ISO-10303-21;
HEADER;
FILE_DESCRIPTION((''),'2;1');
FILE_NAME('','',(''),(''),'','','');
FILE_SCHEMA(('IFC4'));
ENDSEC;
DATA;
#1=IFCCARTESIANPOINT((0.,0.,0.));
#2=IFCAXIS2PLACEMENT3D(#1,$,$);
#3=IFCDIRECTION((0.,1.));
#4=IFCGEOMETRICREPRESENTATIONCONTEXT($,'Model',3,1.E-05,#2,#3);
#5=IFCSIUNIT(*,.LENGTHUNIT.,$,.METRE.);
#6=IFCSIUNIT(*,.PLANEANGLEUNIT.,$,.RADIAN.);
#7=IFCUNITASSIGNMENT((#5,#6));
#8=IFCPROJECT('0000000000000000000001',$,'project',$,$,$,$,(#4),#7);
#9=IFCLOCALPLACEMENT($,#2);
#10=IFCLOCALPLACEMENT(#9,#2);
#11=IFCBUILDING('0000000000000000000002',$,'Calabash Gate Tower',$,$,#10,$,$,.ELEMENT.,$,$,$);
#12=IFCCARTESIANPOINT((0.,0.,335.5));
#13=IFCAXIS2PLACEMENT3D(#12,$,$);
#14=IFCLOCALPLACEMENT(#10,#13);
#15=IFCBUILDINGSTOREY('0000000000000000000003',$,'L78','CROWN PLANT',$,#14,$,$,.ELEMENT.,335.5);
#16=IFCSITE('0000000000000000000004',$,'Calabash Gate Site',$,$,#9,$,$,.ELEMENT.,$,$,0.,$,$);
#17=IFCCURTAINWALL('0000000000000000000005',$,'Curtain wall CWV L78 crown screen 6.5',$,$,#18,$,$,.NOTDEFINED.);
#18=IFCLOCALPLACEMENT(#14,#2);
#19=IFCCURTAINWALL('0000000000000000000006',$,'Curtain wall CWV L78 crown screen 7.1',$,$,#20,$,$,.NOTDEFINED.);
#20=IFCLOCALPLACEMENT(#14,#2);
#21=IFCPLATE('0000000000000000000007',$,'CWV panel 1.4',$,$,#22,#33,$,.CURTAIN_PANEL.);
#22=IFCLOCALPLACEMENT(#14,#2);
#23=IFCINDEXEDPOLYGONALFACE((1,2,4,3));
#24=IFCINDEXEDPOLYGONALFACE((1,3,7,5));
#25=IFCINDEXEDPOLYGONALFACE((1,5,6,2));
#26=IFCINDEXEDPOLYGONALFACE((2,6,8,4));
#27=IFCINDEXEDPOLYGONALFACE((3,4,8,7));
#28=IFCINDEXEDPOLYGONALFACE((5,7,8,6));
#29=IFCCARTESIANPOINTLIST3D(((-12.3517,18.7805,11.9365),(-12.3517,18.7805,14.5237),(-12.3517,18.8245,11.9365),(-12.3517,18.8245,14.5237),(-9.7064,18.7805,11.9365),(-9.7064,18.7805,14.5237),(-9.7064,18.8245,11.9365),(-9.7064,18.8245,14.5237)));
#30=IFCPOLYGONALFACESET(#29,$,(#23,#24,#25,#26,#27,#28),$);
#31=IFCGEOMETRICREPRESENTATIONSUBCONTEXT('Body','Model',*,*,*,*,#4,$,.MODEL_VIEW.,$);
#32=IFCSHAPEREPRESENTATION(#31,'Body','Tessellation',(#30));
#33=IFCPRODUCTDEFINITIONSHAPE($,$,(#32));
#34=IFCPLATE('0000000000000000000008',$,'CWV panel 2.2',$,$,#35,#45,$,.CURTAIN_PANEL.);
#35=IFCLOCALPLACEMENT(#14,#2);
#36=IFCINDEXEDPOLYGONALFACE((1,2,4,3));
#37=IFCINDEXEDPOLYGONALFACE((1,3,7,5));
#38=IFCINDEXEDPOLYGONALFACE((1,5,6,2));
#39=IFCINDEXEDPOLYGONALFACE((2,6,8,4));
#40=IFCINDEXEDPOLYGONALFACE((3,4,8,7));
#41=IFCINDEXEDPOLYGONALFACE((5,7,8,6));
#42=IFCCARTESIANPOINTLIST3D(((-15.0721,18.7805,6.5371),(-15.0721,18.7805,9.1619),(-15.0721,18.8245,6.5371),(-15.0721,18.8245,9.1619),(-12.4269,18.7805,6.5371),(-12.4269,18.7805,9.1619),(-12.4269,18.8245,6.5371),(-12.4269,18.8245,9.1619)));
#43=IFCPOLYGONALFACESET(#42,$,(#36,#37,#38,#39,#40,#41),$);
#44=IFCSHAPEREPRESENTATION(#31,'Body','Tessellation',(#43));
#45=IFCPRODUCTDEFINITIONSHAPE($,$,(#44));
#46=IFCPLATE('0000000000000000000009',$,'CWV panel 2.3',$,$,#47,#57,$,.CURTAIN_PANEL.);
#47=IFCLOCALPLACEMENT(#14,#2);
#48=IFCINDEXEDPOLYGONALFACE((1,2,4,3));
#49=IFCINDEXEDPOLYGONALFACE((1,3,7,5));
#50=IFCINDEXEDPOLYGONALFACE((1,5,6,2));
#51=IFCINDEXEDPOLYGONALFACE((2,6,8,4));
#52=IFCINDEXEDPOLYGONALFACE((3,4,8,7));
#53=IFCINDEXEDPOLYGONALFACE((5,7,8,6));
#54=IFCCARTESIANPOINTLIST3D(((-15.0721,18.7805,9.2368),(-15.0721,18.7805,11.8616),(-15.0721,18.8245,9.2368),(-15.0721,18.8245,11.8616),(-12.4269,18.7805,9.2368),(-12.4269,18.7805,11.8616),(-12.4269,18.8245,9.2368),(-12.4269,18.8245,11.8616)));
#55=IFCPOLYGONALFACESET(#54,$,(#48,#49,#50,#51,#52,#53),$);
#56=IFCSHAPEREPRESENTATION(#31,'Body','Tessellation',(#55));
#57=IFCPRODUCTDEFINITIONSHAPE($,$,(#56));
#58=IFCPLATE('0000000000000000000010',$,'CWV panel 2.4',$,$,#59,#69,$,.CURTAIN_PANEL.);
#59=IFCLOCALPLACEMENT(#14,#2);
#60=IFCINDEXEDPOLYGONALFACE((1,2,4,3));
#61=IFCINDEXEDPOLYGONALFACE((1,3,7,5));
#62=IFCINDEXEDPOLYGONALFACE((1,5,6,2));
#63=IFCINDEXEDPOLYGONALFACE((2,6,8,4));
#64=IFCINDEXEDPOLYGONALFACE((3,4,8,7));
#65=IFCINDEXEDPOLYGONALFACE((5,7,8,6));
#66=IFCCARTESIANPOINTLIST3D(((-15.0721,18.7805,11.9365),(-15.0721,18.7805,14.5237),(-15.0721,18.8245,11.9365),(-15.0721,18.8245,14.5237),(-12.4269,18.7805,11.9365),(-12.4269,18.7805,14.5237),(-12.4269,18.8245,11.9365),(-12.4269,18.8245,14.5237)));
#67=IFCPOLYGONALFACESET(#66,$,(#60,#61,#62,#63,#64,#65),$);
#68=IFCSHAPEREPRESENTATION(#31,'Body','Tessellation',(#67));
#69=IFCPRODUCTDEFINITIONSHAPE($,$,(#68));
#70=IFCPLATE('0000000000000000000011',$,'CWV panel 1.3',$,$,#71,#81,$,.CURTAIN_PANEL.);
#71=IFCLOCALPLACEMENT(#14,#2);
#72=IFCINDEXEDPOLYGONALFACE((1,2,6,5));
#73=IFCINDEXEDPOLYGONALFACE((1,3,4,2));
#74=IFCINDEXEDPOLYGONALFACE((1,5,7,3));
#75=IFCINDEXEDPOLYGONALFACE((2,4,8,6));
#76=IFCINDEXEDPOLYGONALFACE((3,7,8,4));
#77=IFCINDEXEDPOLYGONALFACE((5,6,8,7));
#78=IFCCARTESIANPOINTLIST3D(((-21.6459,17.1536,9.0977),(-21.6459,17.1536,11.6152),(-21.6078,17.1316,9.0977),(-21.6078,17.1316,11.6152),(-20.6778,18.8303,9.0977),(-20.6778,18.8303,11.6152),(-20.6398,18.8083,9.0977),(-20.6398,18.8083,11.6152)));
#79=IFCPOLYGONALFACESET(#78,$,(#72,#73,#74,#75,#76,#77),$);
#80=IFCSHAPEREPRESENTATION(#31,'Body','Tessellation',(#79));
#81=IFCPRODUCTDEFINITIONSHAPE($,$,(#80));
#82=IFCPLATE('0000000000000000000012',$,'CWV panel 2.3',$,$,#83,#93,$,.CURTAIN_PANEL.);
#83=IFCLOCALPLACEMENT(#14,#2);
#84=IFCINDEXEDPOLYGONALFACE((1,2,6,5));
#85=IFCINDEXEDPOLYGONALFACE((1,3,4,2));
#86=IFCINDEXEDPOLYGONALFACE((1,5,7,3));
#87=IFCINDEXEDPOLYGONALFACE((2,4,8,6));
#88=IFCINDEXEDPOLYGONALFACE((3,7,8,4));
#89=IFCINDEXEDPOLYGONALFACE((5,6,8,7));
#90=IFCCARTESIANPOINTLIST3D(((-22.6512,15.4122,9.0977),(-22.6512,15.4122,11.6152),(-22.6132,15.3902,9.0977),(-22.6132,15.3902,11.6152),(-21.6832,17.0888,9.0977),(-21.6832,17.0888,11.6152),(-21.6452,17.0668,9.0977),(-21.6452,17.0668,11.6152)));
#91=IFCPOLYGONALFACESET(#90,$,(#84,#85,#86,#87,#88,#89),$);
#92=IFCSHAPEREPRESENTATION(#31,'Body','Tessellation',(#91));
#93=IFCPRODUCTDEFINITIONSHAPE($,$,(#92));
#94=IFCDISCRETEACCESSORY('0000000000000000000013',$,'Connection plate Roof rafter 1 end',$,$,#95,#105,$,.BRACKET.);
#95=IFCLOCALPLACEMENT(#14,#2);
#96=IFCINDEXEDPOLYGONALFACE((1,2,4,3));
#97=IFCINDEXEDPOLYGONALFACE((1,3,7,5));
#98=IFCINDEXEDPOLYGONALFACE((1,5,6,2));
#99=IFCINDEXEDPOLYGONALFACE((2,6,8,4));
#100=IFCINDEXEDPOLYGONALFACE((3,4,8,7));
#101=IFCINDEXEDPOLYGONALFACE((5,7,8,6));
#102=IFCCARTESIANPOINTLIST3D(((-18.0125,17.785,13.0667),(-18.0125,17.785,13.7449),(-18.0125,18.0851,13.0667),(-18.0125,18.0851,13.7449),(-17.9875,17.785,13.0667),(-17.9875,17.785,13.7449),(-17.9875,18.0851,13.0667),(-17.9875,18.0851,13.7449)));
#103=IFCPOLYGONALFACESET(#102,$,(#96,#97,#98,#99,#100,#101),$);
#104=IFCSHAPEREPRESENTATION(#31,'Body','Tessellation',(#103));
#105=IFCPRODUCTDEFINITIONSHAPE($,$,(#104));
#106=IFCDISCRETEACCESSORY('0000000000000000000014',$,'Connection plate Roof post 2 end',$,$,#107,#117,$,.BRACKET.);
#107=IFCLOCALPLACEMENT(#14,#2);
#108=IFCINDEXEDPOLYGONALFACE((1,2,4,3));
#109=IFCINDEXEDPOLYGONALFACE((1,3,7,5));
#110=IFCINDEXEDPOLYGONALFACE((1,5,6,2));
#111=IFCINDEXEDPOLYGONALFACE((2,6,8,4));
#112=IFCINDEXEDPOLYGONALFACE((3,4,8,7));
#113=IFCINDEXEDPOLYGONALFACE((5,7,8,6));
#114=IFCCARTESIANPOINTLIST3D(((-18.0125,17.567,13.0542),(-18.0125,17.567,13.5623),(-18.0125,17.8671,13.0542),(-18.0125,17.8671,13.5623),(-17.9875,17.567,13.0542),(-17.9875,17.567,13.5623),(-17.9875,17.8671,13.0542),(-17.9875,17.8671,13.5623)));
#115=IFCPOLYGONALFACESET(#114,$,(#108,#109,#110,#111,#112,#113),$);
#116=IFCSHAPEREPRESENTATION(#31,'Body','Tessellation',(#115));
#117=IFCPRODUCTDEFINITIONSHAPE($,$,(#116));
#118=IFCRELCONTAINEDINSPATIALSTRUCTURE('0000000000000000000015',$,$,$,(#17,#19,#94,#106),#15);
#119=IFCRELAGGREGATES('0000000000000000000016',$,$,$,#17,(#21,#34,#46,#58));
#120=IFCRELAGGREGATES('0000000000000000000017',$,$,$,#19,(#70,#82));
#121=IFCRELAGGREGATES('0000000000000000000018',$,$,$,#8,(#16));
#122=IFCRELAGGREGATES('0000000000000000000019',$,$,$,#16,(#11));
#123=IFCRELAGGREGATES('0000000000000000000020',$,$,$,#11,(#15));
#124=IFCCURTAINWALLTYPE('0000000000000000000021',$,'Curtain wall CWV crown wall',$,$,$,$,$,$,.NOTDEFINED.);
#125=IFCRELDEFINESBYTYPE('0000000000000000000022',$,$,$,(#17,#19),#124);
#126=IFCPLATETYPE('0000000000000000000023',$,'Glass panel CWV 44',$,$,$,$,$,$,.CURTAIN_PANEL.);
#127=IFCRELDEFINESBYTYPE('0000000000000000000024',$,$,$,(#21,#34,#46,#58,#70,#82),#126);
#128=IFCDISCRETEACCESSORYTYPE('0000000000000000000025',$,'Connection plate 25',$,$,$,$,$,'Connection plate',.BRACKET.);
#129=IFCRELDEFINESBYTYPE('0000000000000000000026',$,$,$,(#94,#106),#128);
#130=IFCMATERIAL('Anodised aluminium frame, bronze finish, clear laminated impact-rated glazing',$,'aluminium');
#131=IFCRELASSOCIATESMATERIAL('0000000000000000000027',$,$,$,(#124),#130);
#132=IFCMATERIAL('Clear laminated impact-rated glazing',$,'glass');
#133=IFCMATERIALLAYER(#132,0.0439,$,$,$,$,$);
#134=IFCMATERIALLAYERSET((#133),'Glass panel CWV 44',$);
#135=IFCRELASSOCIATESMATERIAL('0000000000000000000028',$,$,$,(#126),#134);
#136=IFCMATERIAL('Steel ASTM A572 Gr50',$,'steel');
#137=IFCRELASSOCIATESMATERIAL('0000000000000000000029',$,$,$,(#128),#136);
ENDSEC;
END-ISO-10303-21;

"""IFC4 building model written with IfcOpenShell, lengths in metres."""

from ifc_helpers import new_model, si_unit, direction, frame, origin, origin_2d, place, context, subcontext, project, spatial, rectangle, extrude, material, layer, layer_set, type_object, element, aggregate, save


model = new_model("IFC4")

# Units and contexts
model_context = context("Model", 3, precision=1e-05, world=origin(), true_north=direction((0.0, 1.0)))
body_context = subcontext(model_context, "Body", "Model", "MODEL_VIEW")
ifc_project = project(units=[si_unit("LENGTHUNIT", "METRE"), si_unit("PLANEANGLEUNIT", "RADIAN")], contexts=[model_context])

# Site, building, storey
site_placement = place(None, origin())
site = spatial("IfcSite", under=ifc_project, at=site_placement, Name="Calabash Gate Site", CompositionType="ELEMENT", RefElevation=0.0)
building_placement = place(site_placement, origin())
building = spatial("IfcBuilding", under=site, at=building_placement, Name="Calabash Gate Tower", CompositionType="ELEMENT")
storey_placement = place(building_placement, frame((0.0, 0.0, 335.5)))
storey = spatial("IfcBuildingStorey", under=building, at=storey_placement, Name="L78", Description="CROWN PLANT", CompositionType="ELEMENT", Elevation=335.5)

# Curtain walls
ifc_material_1 = material(Name="Anodised aluminium frame, bronze finish, clear laminated impact-rated glazing", Category="aluminium")
curtain_wall_type_1 = type_object("IfcCurtainWallType", Name="Curtain wall CWV crown wall", PredefinedType="NOTDEFINED", material=ifc_material_1)
curtain_wall_1_placement = place(storey_placement, origin())
curtain_wall_1 = element("IfcCurtainWall", 1, at=curtain_wall_1_placement, inside=storey, type_object=curtain_wall_type_1, Name="Curtain wall CWV L78 crown screen 6.5", PredefinedType="NOTDEFINED")
curtain_wall_2_placement = place(storey_placement, origin())
curtain_wall_2 = element("IfcCurtainWall", 2, at=curtain_wall_2_placement, inside=storey, type_object=curtain_wall_type_1, Name="Curtain wall CWV L78 crown screen 7.1", PredefinedType="NOTDEFINED")

# Plates
ifc_material_2 = material(Name="Clear laminated impact-rated glazing", Category="glass")
ifc_layer_1 = layer(ifc_material_2, 0.0439)
ifc_layer_set_1 = layer_set([ifc_layer_1], Name="Glass panel CWV 44")
plate_type_1 = type_object("IfcPlateType", Name="Glass panel CWV 44", PredefinedType="CURTAIN_PANEL", material=ifc_layer_set_1)
plate_1_placement = place(storey_placement, frame((-11.0291, 18.8025, 11.9365), z_axis=(0.0, 0.0, 1.0), x_axis=(-1.0, 0.0, 0.0)))
plate_1 = element("IfcPlate", 3, at=plate_1_placement, type_object=plate_type_1, Name="CWV panel 1.4", PredefinedType="CURTAIN_PANEL", context=body_context, shape_type="SweptSolid", body=[
    extrude(rectangle(XDim=2.6453, YDim=0.0439, at=origin_2d()), origin(), (0.0, 0.0, 1.0), 2.5872),
])
plate_2_placement = place(storey_placement, frame((-13.7495, 18.8025, 6.5371), z_axis=(0.0, 0.0, 1.0), x_axis=(-1.0, 0.0, 0.0)))
plate_2 = element("IfcPlate", 4, at=plate_2_placement, type_object=plate_type_1, Name="CWV panel 2.2", PredefinedType="CURTAIN_PANEL", context=body_context, shape_type="SweptSolid", body=[
    extrude(rectangle(XDim=2.6453, YDim=0.0439, at=origin_2d()), origin(), (0.0, 0.0, 1.0), 2.6248),
])
plate_3_placement = place(storey_placement, frame((-13.7495, 18.8025, 9.2368), z_axis=(0.0, 0.0, 1.0), x_axis=(-1.0, 0.0, 0.0)))
plate_3 = element("IfcPlate", 5, at=plate_3_placement, type_object=plate_type_1, Name="CWV panel 2.3", PredefinedType="CURTAIN_PANEL", context=body_context, shape_type="SweptSolid", body=[
    extrude(rectangle(XDim=2.6453, YDim=0.0439, at=origin_2d()), origin(), (0.0, 0.0, 1.0), 2.6248),
])
plate_4_placement = place(storey_placement, frame((-13.7495, 18.8025, 11.9365), z_axis=(0.0, 0.0, 1.0), x_axis=(-1.0, 0.0, 0.0)))
plate_4 = element("IfcPlate", 6, at=plate_4_placement, type_object=plate_type_1, Name="CWV panel 2.4", PredefinedType="CURTAIN_PANEL", context=body_context, shape_type="SweptSolid", body=[
    extrude(rectangle(XDim=2.6453, YDim=0.0439, at=origin_2d()), origin(), (0.0, 0.0, 1.0), 2.5872),
])
aggregate(curtain_wall_1, [plate_1, plate_2, plate_3, plate_4])
plate_5_placement = place(storey_placement, frame((-21.1428, 17.981, 9.0977), z_axis=(0.0, 0.0, 1.0), x_axis=(-0.5, -0.866025, 0.0)))
plate_5 = element("IfcPlate", 7, at=plate_5_placement, type_object=plate_type_1, Name="CWV panel 1.3", PredefinedType="CURTAIN_PANEL", context=body_context, shape_type="SweptSolid", body=[
    extrude(rectangle(XDim=1.936, YDim=0.0439, at=origin_2d()), origin(), (0.0, 0.0, 1.0), 2.5176),
])
plate_6_placement = place(storey_placement, frame((-22.1482, 16.2395, 9.0977), z_axis=(0.0, 0.0, 1.0), x_axis=(-0.5, -0.866025, 0.0)))
plate_6 = element("IfcPlate", 8, at=plate_6_placement, type_object=plate_type_1, Name="CWV panel 2.3", PredefinedType="CURTAIN_PANEL", context=body_context, shape_type="SweptSolid", body=[
    extrude(rectangle(XDim=1.936, YDim=0.0439, at=origin_2d()), origin(), (0.0, 0.0, 1.0), 2.5176),
])
aggregate(curtain_wall_2, [plate_5, plate_6])

# Discrete accessories
ifc_material_3 = material(Name="Steel ASTM A572 Gr50", Category="steel")
discrete_accessory_type = type_object("IfcDiscreteAccessoryType", Name="Connection plate 25", ElementType="Connection plate", PredefinedType="BRACKET", material=ifc_material_3)
discrete_accessory_1_placement = place(storey_placement, frame((-18.0, 17.9351, 13.0667), z_axis=(0.0, 0.0, 1.0), x_axis=(0.0, 1.0, 0.0)))
element("IfcDiscreteAccessory", 9, at=discrete_accessory_1_placement, inside=storey, type_object=discrete_accessory_type, Name="Connection plate Roof rafter 1 end", PredefinedType="BRACKET", context=body_context, shape_type="SweptSolid", body=[
    extrude(rectangle(XDim=0.3, YDim=0.0249, at=origin_2d()), origin(), (0.0, 0.0, 1.0), 0.6782),
])
discrete_accessory_2_placement = place(storey_placement, frame((-18.0, 17.717, 13.0542), z_axis=(0.0, 0.0, 1.0), x_axis=(0.0, 1.0, 0.0)))
element("IfcDiscreteAccessory", 10, at=discrete_accessory_2_placement, inside=storey, type_object=discrete_accessory_type, Name="Connection plate Roof post 2 end", PredefinedType="BRACKET", context=body_context, shape_type="SweptSolid", body=[
    extrude(rectangle(XDim=0.3, YDim=0.0249, at=origin_2d()), origin(), (0.0, 0.0, 1.0), 0.5081),
])

save(model, "model.ifc")
